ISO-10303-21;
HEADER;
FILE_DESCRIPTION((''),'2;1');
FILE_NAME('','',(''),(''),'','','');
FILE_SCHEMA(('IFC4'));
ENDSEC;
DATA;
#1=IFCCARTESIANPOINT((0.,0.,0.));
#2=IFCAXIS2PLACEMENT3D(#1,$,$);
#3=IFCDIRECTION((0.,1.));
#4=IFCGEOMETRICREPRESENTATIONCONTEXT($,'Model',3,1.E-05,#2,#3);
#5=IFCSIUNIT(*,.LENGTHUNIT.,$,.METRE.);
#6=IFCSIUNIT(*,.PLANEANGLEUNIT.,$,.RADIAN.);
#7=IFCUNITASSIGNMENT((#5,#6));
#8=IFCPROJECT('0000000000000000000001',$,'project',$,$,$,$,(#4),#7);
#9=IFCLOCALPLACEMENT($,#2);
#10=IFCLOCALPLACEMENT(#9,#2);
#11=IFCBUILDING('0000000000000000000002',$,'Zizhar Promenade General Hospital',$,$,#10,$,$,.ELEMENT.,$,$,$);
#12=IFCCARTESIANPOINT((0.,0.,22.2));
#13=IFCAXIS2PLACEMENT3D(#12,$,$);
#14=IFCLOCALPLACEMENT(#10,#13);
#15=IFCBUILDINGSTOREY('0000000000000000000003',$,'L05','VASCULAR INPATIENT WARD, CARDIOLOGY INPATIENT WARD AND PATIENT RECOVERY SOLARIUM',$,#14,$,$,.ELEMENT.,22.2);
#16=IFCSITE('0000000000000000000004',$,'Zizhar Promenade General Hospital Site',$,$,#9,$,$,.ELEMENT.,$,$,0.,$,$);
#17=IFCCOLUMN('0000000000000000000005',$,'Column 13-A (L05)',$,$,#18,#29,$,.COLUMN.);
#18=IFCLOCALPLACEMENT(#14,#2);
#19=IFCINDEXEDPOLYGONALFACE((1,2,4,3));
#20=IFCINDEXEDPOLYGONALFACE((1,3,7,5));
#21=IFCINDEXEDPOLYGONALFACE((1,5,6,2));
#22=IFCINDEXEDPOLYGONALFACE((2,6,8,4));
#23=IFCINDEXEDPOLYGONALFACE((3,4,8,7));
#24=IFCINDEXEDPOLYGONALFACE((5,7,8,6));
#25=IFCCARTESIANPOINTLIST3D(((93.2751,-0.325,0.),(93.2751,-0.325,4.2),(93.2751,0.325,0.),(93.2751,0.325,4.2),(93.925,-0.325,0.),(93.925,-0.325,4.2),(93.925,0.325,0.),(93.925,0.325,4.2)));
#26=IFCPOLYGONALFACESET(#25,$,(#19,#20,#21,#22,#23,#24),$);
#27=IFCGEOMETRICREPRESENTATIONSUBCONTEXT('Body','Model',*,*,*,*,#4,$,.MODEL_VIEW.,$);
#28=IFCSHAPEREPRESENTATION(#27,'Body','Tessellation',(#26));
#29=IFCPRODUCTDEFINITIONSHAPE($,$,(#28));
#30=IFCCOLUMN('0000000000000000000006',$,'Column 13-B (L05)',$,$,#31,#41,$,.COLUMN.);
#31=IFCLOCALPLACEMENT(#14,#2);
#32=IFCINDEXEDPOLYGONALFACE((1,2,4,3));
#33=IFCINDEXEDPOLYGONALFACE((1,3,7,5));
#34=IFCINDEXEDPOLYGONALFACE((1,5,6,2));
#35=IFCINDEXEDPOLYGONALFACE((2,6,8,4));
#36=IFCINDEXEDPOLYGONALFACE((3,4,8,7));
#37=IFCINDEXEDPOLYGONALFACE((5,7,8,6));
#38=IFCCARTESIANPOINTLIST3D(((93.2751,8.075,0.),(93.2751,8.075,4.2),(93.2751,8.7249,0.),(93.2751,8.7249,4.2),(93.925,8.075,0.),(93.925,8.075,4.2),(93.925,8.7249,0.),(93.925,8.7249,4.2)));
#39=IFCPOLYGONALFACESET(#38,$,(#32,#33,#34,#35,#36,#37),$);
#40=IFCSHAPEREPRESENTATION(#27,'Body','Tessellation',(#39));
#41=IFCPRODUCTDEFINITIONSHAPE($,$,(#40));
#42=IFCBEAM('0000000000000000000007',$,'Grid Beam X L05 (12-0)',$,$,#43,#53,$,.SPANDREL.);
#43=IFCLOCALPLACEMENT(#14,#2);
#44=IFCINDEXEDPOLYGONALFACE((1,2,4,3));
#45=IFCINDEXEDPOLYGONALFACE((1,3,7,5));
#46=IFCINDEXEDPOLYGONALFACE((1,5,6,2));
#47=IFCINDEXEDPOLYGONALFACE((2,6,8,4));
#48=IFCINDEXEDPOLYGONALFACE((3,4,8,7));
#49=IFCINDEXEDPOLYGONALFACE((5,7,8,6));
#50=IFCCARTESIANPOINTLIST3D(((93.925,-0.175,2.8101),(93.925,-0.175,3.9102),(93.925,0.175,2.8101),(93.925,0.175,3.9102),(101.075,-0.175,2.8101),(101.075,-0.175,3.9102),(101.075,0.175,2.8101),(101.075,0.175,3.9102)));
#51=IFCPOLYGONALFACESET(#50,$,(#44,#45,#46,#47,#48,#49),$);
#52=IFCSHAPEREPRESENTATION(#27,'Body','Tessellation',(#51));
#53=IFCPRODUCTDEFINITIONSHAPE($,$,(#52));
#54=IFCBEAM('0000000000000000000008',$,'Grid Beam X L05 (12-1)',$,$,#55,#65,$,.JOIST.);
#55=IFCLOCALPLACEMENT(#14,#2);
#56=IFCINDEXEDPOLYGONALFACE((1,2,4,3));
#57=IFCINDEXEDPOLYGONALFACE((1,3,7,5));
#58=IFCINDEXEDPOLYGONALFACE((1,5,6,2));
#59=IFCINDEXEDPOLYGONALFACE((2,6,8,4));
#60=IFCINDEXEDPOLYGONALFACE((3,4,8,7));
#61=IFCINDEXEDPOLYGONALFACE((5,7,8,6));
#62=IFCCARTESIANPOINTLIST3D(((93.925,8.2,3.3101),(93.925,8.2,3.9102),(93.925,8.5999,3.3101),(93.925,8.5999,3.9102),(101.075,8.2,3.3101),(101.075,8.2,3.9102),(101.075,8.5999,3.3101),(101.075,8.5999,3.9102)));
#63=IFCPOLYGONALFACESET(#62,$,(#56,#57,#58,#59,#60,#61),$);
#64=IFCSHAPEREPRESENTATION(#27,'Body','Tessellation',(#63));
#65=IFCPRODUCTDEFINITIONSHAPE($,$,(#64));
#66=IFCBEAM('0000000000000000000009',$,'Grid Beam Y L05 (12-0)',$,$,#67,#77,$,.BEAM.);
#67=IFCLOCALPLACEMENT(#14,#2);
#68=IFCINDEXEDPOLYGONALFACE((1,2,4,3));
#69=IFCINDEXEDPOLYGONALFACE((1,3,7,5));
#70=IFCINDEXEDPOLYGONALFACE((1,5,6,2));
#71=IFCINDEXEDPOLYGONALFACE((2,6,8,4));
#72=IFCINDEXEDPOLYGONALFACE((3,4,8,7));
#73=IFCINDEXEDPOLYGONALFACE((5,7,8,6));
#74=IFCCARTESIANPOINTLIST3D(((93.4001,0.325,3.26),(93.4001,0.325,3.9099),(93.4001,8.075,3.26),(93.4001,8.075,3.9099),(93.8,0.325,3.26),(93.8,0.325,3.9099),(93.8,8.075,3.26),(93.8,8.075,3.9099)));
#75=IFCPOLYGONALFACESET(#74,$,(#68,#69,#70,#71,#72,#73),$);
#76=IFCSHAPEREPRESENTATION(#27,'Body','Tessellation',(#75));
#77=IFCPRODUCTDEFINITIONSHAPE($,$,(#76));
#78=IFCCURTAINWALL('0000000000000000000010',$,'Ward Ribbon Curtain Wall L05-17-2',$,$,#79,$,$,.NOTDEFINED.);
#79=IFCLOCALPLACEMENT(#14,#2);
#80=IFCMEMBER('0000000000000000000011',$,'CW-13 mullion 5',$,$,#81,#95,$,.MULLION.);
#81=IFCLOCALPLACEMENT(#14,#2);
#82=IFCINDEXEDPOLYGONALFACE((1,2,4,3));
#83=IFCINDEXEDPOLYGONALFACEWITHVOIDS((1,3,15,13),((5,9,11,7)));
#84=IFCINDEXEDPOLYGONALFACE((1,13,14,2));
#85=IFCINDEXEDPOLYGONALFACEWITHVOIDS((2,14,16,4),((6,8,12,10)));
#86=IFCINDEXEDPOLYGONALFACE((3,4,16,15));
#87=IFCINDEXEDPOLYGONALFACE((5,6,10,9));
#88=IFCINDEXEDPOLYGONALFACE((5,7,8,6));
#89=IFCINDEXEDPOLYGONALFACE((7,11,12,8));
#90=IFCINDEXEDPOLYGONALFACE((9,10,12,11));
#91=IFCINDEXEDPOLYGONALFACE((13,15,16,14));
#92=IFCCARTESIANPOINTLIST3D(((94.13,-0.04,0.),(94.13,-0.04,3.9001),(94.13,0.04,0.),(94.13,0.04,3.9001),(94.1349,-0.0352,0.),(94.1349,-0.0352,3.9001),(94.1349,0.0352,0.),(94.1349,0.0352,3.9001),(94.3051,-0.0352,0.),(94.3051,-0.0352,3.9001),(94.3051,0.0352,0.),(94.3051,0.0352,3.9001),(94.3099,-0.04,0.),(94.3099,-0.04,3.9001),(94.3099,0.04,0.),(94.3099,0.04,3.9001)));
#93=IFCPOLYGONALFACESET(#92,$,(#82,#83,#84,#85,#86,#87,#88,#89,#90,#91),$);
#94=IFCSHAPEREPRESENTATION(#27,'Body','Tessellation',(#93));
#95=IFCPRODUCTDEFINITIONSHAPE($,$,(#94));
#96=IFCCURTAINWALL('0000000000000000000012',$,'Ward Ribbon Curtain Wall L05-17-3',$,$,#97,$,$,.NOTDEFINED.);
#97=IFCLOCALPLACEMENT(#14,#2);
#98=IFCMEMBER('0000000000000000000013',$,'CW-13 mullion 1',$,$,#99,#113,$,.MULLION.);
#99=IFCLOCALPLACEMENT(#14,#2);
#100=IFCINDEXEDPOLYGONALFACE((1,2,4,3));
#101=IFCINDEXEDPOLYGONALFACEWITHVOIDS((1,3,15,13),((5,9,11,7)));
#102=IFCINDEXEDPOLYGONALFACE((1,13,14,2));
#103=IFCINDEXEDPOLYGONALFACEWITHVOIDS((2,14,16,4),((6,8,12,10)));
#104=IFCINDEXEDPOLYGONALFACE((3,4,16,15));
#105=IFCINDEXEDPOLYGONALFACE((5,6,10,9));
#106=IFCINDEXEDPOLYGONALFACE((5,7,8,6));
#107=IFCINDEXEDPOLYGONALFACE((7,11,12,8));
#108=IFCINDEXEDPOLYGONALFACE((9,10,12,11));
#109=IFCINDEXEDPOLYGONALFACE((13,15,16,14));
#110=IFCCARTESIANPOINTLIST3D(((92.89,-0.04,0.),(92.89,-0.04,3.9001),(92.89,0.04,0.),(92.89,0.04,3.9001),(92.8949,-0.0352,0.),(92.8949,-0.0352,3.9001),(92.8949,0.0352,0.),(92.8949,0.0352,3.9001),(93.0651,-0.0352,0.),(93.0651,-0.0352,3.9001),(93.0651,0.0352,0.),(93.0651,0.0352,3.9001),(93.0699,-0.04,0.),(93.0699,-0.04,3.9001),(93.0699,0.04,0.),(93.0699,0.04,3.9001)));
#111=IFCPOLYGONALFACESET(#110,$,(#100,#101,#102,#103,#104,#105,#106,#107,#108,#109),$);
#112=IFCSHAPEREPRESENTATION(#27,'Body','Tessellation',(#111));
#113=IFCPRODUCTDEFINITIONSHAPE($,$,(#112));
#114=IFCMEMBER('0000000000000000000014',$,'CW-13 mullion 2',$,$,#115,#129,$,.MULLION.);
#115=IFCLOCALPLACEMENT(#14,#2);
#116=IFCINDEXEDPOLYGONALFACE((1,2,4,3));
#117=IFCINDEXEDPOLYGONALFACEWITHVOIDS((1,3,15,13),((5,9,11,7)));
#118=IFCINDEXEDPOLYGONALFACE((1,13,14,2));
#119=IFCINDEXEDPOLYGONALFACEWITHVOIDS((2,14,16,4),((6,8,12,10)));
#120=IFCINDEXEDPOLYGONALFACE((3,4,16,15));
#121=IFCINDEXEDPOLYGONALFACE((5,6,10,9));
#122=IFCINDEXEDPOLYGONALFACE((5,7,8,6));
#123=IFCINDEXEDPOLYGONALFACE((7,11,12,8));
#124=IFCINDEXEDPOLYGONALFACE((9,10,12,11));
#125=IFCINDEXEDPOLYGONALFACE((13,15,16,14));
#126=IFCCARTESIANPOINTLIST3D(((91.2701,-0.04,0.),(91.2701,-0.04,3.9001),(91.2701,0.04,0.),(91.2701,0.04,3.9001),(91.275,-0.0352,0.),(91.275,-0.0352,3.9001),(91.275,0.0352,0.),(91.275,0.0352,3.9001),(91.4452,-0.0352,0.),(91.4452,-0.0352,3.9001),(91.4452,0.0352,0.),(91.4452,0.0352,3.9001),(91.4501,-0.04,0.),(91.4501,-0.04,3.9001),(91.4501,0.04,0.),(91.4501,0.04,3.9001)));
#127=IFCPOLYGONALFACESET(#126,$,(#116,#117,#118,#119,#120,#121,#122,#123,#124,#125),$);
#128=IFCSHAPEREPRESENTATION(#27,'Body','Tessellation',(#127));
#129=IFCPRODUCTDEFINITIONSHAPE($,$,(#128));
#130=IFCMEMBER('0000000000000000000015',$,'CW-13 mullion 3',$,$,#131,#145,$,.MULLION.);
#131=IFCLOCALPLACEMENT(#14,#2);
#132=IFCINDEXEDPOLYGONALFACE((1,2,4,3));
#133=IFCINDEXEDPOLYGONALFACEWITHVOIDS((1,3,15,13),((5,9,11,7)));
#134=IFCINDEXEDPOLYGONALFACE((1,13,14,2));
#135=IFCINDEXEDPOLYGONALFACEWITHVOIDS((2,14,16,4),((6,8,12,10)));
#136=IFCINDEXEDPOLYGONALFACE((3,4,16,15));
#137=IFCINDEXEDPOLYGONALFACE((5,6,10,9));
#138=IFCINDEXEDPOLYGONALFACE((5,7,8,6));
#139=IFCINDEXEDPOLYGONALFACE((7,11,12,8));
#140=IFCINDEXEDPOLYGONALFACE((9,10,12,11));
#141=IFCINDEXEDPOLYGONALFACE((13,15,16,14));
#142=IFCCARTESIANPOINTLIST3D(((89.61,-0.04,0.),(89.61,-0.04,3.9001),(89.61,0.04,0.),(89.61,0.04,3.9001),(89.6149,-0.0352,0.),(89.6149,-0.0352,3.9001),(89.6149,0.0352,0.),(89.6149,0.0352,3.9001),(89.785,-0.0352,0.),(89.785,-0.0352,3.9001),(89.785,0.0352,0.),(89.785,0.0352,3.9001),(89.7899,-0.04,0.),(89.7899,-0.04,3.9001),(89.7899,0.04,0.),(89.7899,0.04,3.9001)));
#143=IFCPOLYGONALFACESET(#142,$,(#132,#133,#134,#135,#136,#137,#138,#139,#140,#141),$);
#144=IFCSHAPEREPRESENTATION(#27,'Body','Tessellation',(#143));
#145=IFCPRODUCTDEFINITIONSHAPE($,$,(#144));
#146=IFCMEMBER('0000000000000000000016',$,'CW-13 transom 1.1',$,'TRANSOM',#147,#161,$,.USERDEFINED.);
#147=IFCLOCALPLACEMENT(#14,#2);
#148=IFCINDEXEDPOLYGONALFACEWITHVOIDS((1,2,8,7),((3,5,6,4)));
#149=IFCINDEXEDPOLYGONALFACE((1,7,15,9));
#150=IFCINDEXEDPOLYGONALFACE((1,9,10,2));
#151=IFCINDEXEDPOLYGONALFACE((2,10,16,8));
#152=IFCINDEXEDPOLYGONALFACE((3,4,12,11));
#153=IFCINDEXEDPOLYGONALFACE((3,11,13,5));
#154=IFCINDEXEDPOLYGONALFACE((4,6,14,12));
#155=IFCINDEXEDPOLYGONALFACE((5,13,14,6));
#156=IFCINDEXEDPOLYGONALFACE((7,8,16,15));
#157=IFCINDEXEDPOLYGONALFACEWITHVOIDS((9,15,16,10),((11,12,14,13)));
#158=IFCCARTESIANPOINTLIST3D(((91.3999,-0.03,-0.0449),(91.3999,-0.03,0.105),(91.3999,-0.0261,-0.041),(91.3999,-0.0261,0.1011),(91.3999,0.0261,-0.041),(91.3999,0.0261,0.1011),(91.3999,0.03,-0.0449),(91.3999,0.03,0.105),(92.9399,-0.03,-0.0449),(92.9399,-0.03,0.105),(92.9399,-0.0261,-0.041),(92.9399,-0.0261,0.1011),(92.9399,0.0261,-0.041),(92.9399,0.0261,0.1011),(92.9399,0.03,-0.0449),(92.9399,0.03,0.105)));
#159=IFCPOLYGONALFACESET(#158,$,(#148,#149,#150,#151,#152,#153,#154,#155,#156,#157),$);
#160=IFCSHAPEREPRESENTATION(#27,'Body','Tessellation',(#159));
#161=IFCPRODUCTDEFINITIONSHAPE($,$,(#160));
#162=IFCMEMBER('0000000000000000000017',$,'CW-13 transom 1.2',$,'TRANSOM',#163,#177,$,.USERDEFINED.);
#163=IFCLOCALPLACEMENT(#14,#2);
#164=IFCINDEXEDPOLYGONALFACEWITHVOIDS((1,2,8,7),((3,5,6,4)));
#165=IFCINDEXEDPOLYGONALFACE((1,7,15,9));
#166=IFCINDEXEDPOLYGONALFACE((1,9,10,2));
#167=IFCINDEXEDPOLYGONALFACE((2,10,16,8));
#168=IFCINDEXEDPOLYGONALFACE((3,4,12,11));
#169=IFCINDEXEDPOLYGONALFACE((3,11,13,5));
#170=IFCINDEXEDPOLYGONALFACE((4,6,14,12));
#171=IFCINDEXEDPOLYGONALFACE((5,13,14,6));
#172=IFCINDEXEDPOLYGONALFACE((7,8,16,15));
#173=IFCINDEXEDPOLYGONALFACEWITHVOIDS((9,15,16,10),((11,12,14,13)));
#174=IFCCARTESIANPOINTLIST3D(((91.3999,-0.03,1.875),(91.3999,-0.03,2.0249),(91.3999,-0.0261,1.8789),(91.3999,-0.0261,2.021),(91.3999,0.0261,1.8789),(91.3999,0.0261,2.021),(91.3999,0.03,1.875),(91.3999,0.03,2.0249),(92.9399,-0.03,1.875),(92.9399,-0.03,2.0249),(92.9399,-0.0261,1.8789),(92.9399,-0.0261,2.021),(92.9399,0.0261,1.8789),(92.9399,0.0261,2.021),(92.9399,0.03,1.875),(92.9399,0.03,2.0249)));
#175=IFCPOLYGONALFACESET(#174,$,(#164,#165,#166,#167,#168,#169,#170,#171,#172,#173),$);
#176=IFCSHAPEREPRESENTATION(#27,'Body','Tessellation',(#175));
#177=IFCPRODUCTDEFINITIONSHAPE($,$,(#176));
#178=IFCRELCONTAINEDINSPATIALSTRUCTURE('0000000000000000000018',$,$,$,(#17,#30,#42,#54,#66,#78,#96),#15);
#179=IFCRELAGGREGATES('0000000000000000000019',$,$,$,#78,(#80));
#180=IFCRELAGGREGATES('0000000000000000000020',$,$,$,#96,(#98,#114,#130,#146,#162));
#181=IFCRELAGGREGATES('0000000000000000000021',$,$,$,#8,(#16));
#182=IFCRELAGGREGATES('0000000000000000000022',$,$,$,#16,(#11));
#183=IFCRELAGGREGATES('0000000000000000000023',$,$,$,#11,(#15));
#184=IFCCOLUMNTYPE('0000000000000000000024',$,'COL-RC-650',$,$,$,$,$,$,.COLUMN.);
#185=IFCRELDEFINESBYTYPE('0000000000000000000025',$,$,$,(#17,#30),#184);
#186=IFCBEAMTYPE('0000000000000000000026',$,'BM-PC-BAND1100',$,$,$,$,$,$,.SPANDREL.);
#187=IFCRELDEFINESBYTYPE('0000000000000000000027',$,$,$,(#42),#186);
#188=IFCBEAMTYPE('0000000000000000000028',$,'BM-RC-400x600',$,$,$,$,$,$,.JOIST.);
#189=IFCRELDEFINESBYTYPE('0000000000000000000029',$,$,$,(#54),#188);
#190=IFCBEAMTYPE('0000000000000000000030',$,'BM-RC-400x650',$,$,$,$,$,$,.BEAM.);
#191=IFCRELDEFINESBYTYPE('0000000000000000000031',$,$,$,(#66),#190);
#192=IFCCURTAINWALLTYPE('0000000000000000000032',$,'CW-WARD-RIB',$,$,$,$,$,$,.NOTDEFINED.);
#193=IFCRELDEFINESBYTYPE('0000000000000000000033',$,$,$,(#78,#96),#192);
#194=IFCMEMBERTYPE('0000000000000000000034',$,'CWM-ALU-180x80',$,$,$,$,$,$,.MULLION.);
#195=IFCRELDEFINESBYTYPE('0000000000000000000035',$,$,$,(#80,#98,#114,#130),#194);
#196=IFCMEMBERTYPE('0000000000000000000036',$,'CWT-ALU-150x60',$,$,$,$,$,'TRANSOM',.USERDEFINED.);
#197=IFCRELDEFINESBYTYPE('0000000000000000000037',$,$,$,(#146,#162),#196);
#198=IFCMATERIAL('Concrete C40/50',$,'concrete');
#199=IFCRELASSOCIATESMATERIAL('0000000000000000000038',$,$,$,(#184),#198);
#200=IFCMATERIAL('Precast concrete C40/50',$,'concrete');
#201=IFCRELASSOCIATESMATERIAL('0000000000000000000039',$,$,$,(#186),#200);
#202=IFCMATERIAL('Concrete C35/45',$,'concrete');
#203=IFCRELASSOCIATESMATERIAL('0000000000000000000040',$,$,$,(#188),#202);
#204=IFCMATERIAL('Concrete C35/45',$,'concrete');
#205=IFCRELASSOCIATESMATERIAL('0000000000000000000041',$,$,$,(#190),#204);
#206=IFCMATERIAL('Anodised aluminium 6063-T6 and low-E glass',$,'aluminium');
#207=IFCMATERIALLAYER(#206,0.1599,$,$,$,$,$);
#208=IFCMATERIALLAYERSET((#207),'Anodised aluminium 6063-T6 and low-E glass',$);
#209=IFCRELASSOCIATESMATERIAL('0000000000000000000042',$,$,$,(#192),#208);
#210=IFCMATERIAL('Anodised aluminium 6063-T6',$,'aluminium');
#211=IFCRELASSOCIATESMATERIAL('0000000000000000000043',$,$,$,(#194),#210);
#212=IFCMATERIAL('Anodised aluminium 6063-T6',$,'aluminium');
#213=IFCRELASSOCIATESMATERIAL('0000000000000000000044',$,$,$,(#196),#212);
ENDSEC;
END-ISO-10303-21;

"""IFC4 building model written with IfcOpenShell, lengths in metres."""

from ifc_helpers import new_model, si_unit, direction, frame, origin, origin_2d, place, context, subcontext, project, spatial, rectangle, hollow_rectangle, extrude, material, layer, layer_set, material_profile, profile_set, type_object, element, aggregate, save


model = new_model("IFC4")

# Units and contexts
model_context = context("Model", 3, precision=1e-05, world=origin(), true_north=direction((0.0, 1.0)))
body_context = subcontext(model_context, "Body", "Model", "MODEL_VIEW")
ifc_project = project(units=[si_unit("LENGTHUNIT", "METRE"), si_unit("PLANEANGLEUNIT", "RADIAN")], contexts=[model_context])

# Site, building, storey
site_placement = place(None, origin())
site = spatial("IfcSite", under=ifc_project, at=site_placement, Name="Zizhar Promenade General Hospital Site", CompositionType="ELEMENT", RefElevation=0.0)
building_placement = place(site_placement, origin())
building = spatial("IfcBuilding", under=site, at=building_placement, Name="Zizhar Promenade General Hospital", CompositionType="ELEMENT")
storey_placement = place(building_placement, frame((0.0, 0.0, 22.2)))
storey = spatial("IfcBuildingStorey", under=building, at=storey_placement, Name="L05", Description="VASCULAR INPATIENT WARD, CARDIOLOGY INPATIENT WARD AND PATIENT RECOVERY SOLARIUM", CompositionType="ELEMENT", Elevation=22.2)

# Columns
ifc_material_1 = material(Name="Concrete C40/50", Category="concrete")
ifc_material_profile_1 = material_profile(ifc_material_1, rectangle(XDim=0.6499, YDim=0.6499, at=origin_2d()))
ifc_profile_set_1 = profile_set([ifc_material_profile_1], Name="Concrete C40/50")
column_type = type_object("IfcColumnType", Name="COL-RC-650", PredefinedType="COLUMN", material=ifc_profile_set_1)
for number, where, z_axis, x_axis, name in (
    (1, (93.6001, 0.0, 0.0), (0.0, 0.0, 1.0), (1.0, 0.0, 0.0), "Column 13-A (L05)"),
    (2, (93.6001, 8.3999, 0.0), (0.0, 0.0, 1.0), (1.0, 0.0, 0.0), "Column 13-B (L05)"),
):
    element("IfcColumn", number, at=place(storey_placement, frame(where, z_axis=z_axis, x_axis=x_axis)), inside=storey, type_object=column_type, Name=name, PredefinedType="COLUMN", context=body_context, shape_type="SweptSolid", body=[
        extrude(rectangle(XDim=0.6499, YDim=0.6499, at=origin_2d()), origin(), (0.0, 0.0, 1.0), 4.2),
    ])

# Beams
ifc_material_2 = material(Name="Precast concrete C40/50", Category="concrete")
ifc_material_profile_2 = material_profile(ifc_material_2, rectangle(XDim=0.3501, YDim=1.1001, at=origin_2d()))
ifc_profile_set_2 = profile_set([ifc_material_profile_2], Name="Precast concrete C40/50")
beam_type_1 = type_object("IfcBeamType", Name="BM-PC-BAND1100", PredefinedType="SPANDREL", material=ifc_profile_set_2)
beam_1_placement = place(storey_placement, frame((93.925, 0.0, 3.3601), z_axis=(1.0, 0.0, 0.0), x_axis=(0.0, 1.0, 0.0)))
element("IfcBeam", 3, at=beam_1_placement, inside=storey, type_object=beam_type_1, Name="Grid Beam X L05 (12-0)", PredefinedType="SPANDREL", context=body_context, shape_type="SweptSolid", body=[
    extrude(rectangle(XDim=0.3501, YDim=1.1001, at=origin_2d()), origin(), (0.0, 0.0, 1.0), 7.1499),
])
ifc_material_3 = material(Name="Concrete C35/45", Category="concrete")
ifc_material_profile_3 = material_profile(ifc_material_3, rectangle(XDim=0.3999, YDim=0.6001, at=origin_2d()))
ifc_profile_set_3 = profile_set([ifc_material_profile_3], Name="Concrete C35/45")
beam_type_2 = type_object("IfcBeamType", Name="BM-RC-400x600", PredefinedType="JOIST", material=ifc_profile_set_3)
beam_2_placement = place(storey_placement, frame((93.925, 8.3999, 3.6101), z_axis=(1.0, 0.0, 0.0), x_axis=(0.0, 1.0, 0.0)))
element("IfcBeam", 4, at=beam_2_placement, inside=storey, type_object=beam_type_2, Name="Grid Beam X L05 (12-1)", PredefinedType="JOIST", context=body_context, shape_type="SweptSolid", body=[
    extrude(rectangle(XDim=0.3999, YDim=0.6001, at=origin_2d()), origin(), (0.0, 0.0, 1.0), 7.1499),
])
ifc_material_4 = material(Name="Concrete C35/45", Category="concrete")
ifc_material_profile_4 = material_profile(ifc_material_4, rectangle(XDim=0.3999, YDim=0.6499, at=origin_2d()))
ifc_profile_set_4 = profile_set([ifc_material_profile_4], Name="Concrete C35/45")
beam_type_3 = type_object("IfcBeamType", Name="BM-RC-400x650", PredefinedType="BEAM", material=ifc_profile_set_4)
beam_3_placement = place(storey_placement, frame((93.6001, 0.325, 3.585), z_axis=(0.0, 1.0, 0.0), x_axis=(-1.0, 0.0, 0.0)))
element("IfcBeam", 5, at=beam_3_placement, inside=storey, type_object=beam_type_3, Name="Grid Beam Y L05 (12-0)", PredefinedType="BEAM", context=body_context, shape_type="SweptSolid", body=[
    extrude(rectangle(XDim=0.3999, YDim=0.6499, at=origin_2d()), origin(), (0.0, 0.0, 1.0), 7.75),
])

# Curtain wall, member
ifc_material_5 = material(Name="Anodised aluminium 6063-T6 and low-E glass", Category="aluminium")
ifc_layer_1 = layer(ifc_material_5, 0.1599)
ifc_layer_set_1 = layer_set([ifc_layer_1], Name="Anodised aluminium 6063-T6 and low-E glass")
curtain_wall_type = type_object("IfcCurtainWallType", Name="CW-WARD-RIB", PredefinedType="NOTDEFINED", material=ifc_layer_set_1)
curtain_wall_1_placement = place(storey_placement, origin())
curtain_wall_1 = element("IfcCurtainWall", 6, at=curtain_wall_1_placement, inside=storey, type_object=curtain_wall_type, Name="Ward Ribbon Curtain Wall L05-17-2", PredefinedType="NOTDEFINED")
ifc_material_6 = material(Name="Anodised aluminium 6063-T6", Category="aluminium")
ifc_material_profile_5 = material_profile(ifc_material_6, hollow_rectangle(XDim=0.0801, YDim=0.1799, WallThickness=0.0049, at=origin_2d()))
ifc_profile_set_5 = profile_set([ifc_material_profile_5], Name="Anodised aluminium 6063-T6")
member_type_1 = type_object("IfcMemberType", Name="CWM-ALU-180x80", PredefinedType="MULLION", material=ifc_profile_set_5)
member_1_placement = place(storey_placement, frame((94.22, 0.0, 0.0), z_axis=(0.0, 0.0, 1.0), x_axis=(0.0, -1.0, 0.0)))
member_1 = element("IfcMember", 7, at=member_1_placement, type_object=member_type_1, Name="CW-13 mullion 5", PredefinedType="MULLION", context=body_context, shape_type="SweptSolid", body=[
    extrude(hollow_rectangle(XDim=0.0801, YDim=0.1799, WallThickness=0.0049, at=origin_2d()), origin(), (0.0, 0.0, 1.0), 3.9001),
])

# Curtain wall, members
curtain_wall_2_placement = place(storey_placement, origin())
curtain_wall_2 = element("IfcCurtainWall", 8, at=curtain_wall_2_placement, inside=storey, type_object=curtain_wall_type, Name="Ward Ribbon Curtain Wall L05-17-3", PredefinedType="NOTDEFINED")
member_2_placement = place(storey_placement, frame((92.98, 0.0, 0.0), z_axis=(0.0, 0.0, 1.0), x_axis=(0.0, -1.0, 0.0)))
member_2 = element("IfcMember", 9, at=member_2_placement, type_object=member_type_1, Name="CW-13 mullion 1", PredefinedType="MULLION", context=body_context, shape_type="SweptSolid", body=[
    extrude(hollow_rectangle(XDim=0.0801, YDim=0.1799, WallThickness=0.0049, at=origin_2d()), origin(), (0.0, 0.0, 1.0), 3.9001),
])
member_3_placement = place(storey_placement, frame((91.3601, 0.0, 0.0), z_axis=(0.0, 0.0, 1.0), x_axis=(0.0, -1.0, 0.0)))
member_3 = element("IfcMember", 10, at=member_3_placement, type_object=member_type_1, Name="CW-13 mullion 2", PredefinedType="MULLION", context=body_context, shape_type="SweptSolid", body=[
    extrude(hollow_rectangle(XDim=0.0801, YDim=0.1799, WallThickness=0.0049, at=origin_2d()), origin(), (0.0, 0.0, 1.0), 3.9001),
])
member_4_placement = place(storey_placement, frame((89.7, 0.0, 0.0), z_axis=(0.0, 0.0, 1.0), x_axis=(0.0, -1.0, 0.0)))
member_4 = element("IfcMember", 11, at=member_4_placement, type_object=member_type_1, Name="CW-13 mullion 3", PredefinedType="MULLION", context=body_context, shape_type="SweptSolid", body=[
    extrude(hollow_rectangle(XDim=0.0801, YDim=0.1799, WallThickness=0.0049, at=origin_2d()), origin(), (0.0, 0.0, 1.0), 3.9001),
])
ifc_material_7 = material(Name="Anodised aluminium 6063-T6", Category="aluminium")
ifc_material_profile_6 = material_profile(ifc_material_7, hollow_rectangle(XDim=0.0601, YDim=0.1499, WallThickness=0.0039, at=origin_2d()))
ifc_profile_set_6 = profile_set([ifc_material_profile_6], Name="Anodised aluminium 6063-T6")
member_type_2 = type_object("IfcMemberType", Name="CWT-ALU-150x60", ElementType="TRANSOM", PredefinedType="USERDEFINED", material=ifc_profile_set_6)
member_5_placement = place(storey_placement, frame((92.9399, 0.0, 0.03), z_axis=(-1.0, 0.0, 0.0), x_axis=(0.0, -1.0, 0.0)))
member_5 = element("IfcMember", 12, at=member_5_placement, type_object=member_type_2, Name="CW-13 transom 1.1", ObjectType="TRANSOM", PredefinedType="USERDEFINED", context=body_context, shape_type="SweptSolid", body=[
    extrude(hollow_rectangle(XDim=0.0601, YDim=0.1499, WallThickness=0.0039, at=origin_2d()), origin(), (0.0, 0.0, 1.0), 1.54),
])
member_6_placement = place(storey_placement, frame((92.9399, 0.0, 1.95), z_axis=(-1.0, 0.0, 0.0), x_axis=(0.0, -1.0, 0.0)))
member_6 = element("IfcMember", 13, at=member_6_placement, type_object=member_type_2, Name="CW-13 transom 1.2", ObjectType="TRANSOM", PredefinedType="USERDEFINED", context=body_context, shape_type="SweptSolid", body=[
    extrude(hollow_rectangle(XDim=0.0601, YDim=0.1499, WallThickness=0.0039, at=origin_2d()), origin(), (0.0, 0.0, 1.0), 1.54),
])

aggregate(curtain_wall_1, [member_1])
aggregate(curtain_wall_2, [member_2, member_3, member_4, member_5, member_6])

save(model, "model.ifc")
